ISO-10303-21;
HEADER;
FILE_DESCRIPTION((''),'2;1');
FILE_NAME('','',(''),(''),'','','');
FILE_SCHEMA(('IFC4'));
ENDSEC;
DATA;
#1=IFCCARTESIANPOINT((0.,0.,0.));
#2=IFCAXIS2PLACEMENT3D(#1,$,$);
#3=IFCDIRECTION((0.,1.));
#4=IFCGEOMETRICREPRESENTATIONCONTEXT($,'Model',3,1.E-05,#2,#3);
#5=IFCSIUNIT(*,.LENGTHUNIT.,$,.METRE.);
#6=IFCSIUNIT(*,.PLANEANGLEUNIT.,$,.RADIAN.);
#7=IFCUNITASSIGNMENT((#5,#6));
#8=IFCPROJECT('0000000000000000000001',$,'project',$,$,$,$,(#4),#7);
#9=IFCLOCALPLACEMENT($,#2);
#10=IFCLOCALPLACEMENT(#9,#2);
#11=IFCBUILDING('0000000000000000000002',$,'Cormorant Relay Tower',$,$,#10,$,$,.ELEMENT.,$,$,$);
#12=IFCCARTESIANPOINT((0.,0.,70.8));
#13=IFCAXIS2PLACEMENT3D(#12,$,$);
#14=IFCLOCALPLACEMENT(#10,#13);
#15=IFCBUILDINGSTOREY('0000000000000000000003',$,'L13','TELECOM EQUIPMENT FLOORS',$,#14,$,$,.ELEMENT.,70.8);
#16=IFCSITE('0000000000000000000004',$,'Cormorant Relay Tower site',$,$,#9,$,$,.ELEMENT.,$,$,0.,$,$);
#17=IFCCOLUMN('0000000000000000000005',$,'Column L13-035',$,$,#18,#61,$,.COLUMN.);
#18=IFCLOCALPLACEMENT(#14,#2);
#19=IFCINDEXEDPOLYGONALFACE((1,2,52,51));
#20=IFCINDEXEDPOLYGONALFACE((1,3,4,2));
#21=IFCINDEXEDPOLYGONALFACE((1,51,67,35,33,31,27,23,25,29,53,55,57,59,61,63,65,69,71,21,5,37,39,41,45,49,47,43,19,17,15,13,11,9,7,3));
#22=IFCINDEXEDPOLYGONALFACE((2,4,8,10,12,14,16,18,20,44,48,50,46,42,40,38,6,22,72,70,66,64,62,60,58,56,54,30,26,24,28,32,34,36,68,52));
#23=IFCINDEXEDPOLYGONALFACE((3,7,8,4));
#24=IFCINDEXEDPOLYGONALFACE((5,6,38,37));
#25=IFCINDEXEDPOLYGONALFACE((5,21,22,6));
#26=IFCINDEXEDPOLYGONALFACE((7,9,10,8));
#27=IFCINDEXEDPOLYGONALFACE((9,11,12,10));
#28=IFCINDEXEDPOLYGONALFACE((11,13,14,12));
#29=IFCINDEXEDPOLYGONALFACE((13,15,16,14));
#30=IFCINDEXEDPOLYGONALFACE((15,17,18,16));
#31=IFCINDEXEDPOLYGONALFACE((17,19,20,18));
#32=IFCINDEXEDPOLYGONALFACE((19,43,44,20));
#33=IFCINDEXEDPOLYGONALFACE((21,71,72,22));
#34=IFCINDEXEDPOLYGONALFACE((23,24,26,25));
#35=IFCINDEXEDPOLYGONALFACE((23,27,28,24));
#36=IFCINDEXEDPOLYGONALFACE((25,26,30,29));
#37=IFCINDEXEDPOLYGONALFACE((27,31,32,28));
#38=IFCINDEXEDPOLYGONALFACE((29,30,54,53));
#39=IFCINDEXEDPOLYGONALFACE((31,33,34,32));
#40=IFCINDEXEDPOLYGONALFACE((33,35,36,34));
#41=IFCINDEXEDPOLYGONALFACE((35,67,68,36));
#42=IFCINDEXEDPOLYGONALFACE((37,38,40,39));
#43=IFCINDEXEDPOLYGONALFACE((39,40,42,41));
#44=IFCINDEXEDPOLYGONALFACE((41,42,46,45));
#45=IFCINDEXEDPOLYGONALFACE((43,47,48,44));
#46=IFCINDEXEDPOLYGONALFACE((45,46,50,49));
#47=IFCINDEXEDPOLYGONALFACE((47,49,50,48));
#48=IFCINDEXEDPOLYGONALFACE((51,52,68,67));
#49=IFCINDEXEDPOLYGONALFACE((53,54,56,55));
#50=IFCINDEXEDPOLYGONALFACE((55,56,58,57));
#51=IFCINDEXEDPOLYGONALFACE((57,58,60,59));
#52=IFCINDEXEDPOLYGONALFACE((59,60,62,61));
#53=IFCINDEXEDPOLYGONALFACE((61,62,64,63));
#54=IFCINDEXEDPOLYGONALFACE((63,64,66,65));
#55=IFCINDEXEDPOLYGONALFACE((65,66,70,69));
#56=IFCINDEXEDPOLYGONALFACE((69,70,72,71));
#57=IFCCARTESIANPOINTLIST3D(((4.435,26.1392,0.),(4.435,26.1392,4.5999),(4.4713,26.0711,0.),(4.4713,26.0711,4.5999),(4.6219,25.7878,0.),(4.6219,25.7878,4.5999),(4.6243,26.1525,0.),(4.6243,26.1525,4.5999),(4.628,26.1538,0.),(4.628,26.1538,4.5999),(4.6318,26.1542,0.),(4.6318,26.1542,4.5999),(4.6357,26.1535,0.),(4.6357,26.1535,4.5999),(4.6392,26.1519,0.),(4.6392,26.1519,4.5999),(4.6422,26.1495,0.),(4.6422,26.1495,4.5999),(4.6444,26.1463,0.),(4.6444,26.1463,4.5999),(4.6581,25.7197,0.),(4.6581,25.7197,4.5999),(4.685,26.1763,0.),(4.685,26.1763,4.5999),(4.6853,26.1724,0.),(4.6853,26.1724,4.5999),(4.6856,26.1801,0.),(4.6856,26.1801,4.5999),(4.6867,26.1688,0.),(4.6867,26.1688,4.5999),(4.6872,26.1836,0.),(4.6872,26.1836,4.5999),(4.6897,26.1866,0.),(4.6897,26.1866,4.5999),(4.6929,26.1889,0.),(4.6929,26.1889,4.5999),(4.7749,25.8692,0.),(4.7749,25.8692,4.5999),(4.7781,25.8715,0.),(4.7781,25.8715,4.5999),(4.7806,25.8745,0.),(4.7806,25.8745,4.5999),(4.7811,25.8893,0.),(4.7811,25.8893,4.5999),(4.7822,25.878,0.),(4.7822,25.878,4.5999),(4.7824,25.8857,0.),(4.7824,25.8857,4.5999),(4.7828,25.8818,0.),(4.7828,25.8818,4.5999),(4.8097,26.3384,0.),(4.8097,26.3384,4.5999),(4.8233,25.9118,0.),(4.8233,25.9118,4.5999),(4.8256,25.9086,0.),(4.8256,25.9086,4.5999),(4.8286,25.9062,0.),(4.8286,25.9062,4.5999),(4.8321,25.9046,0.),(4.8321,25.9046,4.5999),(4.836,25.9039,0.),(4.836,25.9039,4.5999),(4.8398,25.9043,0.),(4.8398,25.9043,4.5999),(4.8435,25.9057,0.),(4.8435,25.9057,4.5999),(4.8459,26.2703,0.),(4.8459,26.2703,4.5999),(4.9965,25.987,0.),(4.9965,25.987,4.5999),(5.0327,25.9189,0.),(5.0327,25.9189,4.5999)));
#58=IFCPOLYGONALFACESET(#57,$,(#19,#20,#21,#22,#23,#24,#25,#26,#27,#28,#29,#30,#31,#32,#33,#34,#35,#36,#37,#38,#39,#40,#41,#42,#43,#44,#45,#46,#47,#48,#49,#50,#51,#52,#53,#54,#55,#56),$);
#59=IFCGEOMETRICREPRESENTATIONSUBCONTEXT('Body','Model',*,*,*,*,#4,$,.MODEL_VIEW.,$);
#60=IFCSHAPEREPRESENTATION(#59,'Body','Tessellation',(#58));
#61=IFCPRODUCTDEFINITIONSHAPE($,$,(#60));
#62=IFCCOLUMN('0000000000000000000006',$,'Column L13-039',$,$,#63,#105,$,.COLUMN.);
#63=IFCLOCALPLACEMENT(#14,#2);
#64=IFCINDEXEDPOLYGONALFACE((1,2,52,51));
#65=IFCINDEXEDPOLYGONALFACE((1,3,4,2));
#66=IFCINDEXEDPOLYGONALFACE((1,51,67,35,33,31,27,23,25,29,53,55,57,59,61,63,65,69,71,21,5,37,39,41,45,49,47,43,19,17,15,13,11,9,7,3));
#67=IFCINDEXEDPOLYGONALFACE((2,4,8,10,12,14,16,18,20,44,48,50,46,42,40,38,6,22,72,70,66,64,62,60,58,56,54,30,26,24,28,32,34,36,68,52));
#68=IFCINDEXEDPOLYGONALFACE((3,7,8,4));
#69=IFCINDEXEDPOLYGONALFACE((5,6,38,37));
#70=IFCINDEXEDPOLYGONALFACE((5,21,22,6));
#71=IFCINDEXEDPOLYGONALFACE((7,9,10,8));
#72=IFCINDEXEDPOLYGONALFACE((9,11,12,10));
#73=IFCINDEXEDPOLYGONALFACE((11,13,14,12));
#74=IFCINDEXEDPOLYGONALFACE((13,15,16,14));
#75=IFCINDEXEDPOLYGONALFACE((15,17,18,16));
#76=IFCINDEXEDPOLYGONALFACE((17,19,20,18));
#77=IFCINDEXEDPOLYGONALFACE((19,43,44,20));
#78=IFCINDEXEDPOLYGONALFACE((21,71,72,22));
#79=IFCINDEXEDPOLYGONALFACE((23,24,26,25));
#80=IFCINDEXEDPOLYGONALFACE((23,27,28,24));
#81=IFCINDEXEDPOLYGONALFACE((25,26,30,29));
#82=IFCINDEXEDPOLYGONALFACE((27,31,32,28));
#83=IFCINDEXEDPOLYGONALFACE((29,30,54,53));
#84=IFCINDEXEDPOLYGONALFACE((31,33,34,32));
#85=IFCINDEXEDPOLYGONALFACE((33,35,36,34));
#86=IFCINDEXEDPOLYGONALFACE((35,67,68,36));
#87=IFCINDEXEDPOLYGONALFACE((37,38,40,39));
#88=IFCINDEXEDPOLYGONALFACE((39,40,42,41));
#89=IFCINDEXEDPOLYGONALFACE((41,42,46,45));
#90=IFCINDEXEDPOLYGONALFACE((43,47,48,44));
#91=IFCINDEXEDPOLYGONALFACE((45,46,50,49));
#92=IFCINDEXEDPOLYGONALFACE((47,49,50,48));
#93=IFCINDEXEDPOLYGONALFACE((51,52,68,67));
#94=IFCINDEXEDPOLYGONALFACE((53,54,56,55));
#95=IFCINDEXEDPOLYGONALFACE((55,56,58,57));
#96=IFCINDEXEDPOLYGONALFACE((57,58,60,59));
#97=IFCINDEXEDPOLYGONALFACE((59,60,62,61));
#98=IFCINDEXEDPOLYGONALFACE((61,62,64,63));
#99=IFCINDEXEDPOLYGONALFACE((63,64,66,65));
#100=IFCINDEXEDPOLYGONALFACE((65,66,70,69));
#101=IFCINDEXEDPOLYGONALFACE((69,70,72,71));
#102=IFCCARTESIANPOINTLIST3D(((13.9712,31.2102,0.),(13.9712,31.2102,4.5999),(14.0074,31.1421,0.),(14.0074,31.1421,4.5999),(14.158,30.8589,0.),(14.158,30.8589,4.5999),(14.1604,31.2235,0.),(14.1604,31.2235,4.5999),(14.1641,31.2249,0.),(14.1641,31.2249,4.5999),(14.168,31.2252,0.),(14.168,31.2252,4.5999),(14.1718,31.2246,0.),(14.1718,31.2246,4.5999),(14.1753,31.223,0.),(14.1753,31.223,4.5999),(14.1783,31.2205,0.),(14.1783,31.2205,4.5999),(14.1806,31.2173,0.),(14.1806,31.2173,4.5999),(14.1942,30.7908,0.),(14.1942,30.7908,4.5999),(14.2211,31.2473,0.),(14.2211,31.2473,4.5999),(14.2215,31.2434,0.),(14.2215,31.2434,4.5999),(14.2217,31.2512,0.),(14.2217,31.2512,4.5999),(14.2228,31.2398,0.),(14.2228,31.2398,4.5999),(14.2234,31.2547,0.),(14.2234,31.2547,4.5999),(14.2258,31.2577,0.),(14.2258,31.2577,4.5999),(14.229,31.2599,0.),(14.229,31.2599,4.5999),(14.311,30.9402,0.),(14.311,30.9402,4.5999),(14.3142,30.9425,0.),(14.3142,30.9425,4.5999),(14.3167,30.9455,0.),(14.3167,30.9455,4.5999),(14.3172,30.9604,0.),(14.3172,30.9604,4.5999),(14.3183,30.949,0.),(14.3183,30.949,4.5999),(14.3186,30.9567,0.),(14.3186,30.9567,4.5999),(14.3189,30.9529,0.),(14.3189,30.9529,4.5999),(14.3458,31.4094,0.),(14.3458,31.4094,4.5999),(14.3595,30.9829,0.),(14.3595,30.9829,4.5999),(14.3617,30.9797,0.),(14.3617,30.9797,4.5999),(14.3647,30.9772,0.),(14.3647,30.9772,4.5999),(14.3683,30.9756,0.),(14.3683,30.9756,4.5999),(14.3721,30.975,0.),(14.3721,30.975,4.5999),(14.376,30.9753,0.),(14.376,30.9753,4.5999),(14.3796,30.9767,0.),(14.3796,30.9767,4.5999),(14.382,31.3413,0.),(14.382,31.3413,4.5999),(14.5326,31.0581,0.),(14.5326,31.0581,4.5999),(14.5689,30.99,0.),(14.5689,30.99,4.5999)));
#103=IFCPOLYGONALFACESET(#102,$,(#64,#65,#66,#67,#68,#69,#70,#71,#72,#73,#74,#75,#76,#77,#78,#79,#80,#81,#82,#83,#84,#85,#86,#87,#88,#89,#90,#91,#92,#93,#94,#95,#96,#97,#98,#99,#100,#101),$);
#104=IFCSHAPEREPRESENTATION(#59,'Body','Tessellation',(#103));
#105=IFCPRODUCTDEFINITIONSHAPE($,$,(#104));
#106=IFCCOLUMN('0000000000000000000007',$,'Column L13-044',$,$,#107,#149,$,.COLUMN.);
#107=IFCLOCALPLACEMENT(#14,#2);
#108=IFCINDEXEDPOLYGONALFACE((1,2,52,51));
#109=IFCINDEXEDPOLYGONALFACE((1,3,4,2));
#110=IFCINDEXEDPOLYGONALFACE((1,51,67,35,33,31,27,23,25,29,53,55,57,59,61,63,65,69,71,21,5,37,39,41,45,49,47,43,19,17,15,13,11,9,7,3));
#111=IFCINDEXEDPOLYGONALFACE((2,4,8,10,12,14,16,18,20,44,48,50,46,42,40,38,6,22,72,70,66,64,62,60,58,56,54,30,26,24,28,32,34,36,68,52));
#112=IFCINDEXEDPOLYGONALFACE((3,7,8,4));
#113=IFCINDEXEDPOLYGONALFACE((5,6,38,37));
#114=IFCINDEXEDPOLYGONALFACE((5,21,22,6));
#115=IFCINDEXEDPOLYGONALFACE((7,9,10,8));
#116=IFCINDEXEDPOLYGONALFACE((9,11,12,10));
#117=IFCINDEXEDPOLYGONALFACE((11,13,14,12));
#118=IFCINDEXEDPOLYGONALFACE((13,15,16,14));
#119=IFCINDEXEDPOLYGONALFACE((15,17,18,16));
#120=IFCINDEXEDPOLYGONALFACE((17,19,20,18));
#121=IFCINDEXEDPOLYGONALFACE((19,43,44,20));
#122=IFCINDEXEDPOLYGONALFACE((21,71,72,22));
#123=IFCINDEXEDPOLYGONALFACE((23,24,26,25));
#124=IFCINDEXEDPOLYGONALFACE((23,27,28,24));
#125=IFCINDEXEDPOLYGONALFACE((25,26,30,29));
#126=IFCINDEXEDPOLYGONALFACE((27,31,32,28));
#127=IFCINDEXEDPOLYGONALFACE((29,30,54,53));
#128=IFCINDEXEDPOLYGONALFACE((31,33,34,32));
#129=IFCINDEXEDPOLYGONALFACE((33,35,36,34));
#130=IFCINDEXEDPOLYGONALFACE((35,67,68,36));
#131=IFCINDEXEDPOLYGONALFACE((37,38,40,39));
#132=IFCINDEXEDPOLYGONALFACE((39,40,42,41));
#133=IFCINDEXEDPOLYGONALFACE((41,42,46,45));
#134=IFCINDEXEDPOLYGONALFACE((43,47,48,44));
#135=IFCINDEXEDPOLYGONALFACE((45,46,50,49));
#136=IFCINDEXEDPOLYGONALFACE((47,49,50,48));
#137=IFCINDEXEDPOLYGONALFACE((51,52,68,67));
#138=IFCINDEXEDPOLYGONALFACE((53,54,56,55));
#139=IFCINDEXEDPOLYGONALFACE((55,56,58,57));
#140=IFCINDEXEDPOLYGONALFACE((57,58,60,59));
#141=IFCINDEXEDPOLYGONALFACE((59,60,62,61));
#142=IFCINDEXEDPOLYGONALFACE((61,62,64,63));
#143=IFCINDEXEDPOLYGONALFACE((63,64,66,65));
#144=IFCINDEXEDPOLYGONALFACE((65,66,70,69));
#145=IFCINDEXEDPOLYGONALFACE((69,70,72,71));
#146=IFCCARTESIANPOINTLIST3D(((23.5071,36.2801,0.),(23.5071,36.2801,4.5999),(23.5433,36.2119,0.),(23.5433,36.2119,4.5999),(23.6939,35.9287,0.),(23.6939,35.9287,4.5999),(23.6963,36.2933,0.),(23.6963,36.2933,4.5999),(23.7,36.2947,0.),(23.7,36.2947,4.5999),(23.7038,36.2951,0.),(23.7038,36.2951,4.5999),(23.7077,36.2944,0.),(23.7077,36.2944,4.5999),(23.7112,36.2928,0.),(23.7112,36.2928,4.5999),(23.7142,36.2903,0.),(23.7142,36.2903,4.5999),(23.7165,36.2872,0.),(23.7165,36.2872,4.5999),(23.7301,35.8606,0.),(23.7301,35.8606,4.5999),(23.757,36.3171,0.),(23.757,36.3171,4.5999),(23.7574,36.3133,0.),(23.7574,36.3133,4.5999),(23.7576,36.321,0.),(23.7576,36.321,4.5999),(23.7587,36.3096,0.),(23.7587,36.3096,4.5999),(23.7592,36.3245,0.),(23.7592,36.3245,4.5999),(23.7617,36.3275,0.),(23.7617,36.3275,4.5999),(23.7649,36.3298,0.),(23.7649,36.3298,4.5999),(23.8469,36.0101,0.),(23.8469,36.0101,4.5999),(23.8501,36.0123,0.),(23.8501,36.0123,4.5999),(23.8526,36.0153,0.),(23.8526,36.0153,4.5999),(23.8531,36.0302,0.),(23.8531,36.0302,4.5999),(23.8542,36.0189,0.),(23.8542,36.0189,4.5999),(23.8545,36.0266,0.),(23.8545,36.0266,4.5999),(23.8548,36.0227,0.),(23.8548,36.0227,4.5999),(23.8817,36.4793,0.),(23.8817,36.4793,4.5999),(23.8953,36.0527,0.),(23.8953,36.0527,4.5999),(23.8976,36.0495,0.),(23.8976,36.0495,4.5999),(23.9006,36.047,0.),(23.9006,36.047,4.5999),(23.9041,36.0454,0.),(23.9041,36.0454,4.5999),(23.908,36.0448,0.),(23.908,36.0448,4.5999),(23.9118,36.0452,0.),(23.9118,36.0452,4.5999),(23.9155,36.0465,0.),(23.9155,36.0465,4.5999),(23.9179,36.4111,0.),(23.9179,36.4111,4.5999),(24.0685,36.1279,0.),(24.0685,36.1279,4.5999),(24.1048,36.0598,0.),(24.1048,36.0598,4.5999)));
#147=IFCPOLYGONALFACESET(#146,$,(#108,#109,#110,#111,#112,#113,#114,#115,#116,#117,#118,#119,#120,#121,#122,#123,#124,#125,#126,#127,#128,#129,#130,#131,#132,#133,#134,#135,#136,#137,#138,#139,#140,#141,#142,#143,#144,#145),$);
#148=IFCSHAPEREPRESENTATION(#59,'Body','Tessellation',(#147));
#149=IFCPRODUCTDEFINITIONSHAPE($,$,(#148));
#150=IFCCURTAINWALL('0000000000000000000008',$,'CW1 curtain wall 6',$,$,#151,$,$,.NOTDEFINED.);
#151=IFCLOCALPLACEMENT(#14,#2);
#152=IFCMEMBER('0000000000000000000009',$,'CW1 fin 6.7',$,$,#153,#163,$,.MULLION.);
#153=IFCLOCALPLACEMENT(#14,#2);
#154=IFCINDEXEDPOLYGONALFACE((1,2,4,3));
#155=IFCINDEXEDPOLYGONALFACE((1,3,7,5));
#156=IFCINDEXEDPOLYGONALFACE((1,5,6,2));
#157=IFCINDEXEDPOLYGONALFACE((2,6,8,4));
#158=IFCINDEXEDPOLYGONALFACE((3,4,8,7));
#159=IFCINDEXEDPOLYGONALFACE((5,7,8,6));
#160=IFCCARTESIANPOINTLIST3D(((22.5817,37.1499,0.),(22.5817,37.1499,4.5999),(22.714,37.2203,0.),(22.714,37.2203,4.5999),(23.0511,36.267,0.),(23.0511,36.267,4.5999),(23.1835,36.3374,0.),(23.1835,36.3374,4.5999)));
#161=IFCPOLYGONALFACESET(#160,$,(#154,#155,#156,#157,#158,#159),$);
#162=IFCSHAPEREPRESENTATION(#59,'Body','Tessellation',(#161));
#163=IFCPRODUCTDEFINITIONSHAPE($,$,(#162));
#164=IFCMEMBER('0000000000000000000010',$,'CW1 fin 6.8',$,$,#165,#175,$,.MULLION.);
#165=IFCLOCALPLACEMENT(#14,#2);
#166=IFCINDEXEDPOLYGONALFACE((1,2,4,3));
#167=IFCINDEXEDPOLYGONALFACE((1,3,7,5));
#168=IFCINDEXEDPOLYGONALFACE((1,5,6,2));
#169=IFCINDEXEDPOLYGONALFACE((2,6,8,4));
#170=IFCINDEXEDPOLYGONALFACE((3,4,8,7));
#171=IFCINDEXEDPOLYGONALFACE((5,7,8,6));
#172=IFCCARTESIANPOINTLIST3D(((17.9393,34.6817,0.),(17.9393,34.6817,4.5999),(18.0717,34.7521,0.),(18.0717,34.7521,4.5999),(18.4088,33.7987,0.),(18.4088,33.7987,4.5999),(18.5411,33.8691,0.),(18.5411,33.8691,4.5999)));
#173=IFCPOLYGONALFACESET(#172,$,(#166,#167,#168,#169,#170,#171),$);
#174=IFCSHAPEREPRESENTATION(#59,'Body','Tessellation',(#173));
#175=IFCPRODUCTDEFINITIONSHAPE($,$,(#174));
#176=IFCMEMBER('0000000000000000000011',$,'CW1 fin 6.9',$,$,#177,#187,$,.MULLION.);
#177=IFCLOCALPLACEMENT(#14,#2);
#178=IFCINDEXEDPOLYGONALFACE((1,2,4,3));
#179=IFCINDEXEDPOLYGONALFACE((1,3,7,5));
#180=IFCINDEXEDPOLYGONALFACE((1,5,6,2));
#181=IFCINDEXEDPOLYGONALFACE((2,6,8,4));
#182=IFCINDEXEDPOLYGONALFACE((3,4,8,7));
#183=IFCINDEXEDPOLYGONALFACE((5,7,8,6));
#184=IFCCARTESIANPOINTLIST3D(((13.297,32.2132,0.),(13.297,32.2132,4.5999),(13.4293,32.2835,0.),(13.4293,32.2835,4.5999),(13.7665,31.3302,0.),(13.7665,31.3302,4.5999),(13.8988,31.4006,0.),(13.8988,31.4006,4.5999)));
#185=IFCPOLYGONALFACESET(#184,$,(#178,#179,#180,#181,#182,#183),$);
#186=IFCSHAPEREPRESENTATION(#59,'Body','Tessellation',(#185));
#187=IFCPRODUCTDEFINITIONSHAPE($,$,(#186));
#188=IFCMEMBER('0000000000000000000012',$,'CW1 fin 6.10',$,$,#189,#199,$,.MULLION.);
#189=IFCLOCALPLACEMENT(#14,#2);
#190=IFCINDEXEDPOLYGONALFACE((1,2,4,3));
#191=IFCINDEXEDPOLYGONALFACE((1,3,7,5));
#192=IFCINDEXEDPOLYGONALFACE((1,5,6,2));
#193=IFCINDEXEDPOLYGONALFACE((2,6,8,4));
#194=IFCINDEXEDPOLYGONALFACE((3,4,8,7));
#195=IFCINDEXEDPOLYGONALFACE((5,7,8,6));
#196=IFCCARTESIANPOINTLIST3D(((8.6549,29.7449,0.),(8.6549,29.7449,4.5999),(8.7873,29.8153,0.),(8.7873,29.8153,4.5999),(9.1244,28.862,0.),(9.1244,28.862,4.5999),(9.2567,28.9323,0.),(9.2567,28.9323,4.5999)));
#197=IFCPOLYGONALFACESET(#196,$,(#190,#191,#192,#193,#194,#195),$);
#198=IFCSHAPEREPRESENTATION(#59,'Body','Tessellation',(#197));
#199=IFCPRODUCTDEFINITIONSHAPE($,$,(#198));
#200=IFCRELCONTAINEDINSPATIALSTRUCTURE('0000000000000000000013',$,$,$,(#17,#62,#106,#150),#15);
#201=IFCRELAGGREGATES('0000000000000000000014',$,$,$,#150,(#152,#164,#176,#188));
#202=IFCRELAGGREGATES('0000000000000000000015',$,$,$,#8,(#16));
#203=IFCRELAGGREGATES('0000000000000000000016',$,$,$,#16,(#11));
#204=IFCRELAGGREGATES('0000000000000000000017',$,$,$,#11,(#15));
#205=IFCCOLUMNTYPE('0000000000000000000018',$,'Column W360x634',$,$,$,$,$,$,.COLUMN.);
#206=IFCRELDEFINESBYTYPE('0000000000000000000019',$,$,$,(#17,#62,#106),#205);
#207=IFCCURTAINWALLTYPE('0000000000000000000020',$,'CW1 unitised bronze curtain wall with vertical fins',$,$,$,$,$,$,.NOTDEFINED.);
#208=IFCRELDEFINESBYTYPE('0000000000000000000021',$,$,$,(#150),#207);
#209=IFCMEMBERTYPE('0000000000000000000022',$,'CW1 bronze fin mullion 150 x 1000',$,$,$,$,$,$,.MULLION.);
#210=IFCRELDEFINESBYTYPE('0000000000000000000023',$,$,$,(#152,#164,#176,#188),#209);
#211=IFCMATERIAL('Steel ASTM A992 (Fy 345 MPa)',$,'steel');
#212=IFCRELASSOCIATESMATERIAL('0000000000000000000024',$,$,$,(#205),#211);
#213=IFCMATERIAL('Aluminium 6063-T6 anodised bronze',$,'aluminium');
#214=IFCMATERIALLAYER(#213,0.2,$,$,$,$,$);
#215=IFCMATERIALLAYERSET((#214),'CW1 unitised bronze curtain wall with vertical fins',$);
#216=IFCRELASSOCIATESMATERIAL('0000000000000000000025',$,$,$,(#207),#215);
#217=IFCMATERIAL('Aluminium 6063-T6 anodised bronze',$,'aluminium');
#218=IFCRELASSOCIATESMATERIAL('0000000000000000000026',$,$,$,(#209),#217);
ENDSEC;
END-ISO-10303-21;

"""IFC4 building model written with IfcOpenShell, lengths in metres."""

from ifc_helpers import new_model, si_unit, direction, frame, origin, origin_2d, place, context, subcontext, project, spatial, rectangle, i_section, extrude, material, layer, layer_set, material_profile, profile_set, type_object, element, aggregate, save


model = new_model("IFC4")

# Units and contexts
model_context = context("Model", 3, precision=1e-05, world=origin(), true_north=direction((0.0, 1.0)))
body_context = subcontext(model_context, "Body", "Model", "MODEL_VIEW")
ifc_project = project(units=[si_unit("LENGTHUNIT", "METRE"), si_unit("PLANEANGLEUNIT", "RADIAN")], contexts=[model_context])

# Site, building, storey
site_placement = place(None, origin())
site = spatial("IfcSite", under=ifc_project, at=site_placement, Name="Cormorant Relay Tower site", CompositionType="ELEMENT", RefElevation=0.0)
building_placement = place(site_placement, origin())
building = spatial("IfcBuilding", under=site, at=building_placement, Name="Cormorant Relay Tower", CompositionType="ELEMENT")
storey_placement = place(building_placement, frame((0.0, 0.0, 70.8)))
storey = spatial("IfcBuildingStorey", under=building, at=storey_placement, Name="L13", Description="TELECOM EQUIPMENT FLOORS", CompositionType="ELEMENT", Elevation=70.8)

# Columns
ifc_material_1 = material(Name="Steel ASTM A992 (Fy 345 MPa)", Category="steel")
ifc_material_profile_1 = material_profile(ifc_material_1, i_section(OverallWidth=0.4243, OverallDepth=0.4751, WebThickness=0.0479, FlangeThickness=0.0771, FilletRadius=0.0149, at=origin_2d()), Name="W360x634")
ifc_profile_set_1 = profile_set([ifc_material_profile_1], Name="Steel ASTM A992 (Fy 345 MPa)")
column_type = type_object("IfcColumnType", Name="Column W360x634", PredefinedType="COLUMN", material=ifc_profile_set_1)
for number, where, z_axis, x_axis, name in (
    (1, (4.7339, 26.0291, 0.0), (0.0, 0.0, 1.0), (-0.882948, -0.469472, 0.0), "Column L13-035"),
    (2, (14.27, 31.1001, 0.0), (0.0, 0.0, 1.0), (-0.882948, -0.469472, 0.0), "Column L13-039"),
    (3, (23.8059, 36.1699, 0.0), (0.0, 0.0, 1.0), (-0.882948, -0.469472, 0.0), "Column L13-044"),
):
    element("IfcColumn", number, at=place(storey_placement, frame(where, z_axis=z_axis, x_axis=x_axis)), inside=storey, type_object=column_type, Name=name, PredefinedType="COLUMN", context=body_context, shape_type="SweptSolid", body=[
        extrude(i_section(OverallWidth=0.4243, OverallDepth=0.4751, WebThickness=0.0479, FlangeThickness=0.0771, FilletRadius=0.0149, at=origin_2d()), origin(), (0.0, 0.0, 1.0), 4.5999),
    ])

# Curtain wall, members
ifc_material_2 = material(Name="Aluminium 6063-T6 anodised bronze", Category="aluminium")
ifc_layer_1 = layer(ifc_material_2, 0.2)
ifc_layer_set_1 = layer_set([ifc_layer_1], Name="CW1 unitised bronze curtain wall with vertical fins")
curtain_wall_type = type_object("IfcCurtainWallType", Name="CW1 unitised bronze curtain wall with vertical fins", PredefinedType="NOTDEFINED", material=ifc_layer_set_1)
curtain_wall_1_placement = place(storey_placement, origin())
curtain_wall_1 = element("IfcCurtainWall", 4, at=curtain_wall_1_placement, inside=storey, type_object=curtain_wall_type, Name="CW1 curtain wall 6", PredefinedType="NOTDEFINED")
ifc_material_3 = material(Name="Aluminium 6063-T6 anodised bronze", Category="aluminium")
ifc_material_profile_2 = material_profile(ifc_material_3, rectangle(XDim=0.1499, YDim=1.0, at=origin_2d()), Name="AL 150x1000")
ifc_profile_set_2 = profile_set([ifc_material_profile_2], Name="Aluminium 6063-T6 anodised bronze")
member_type_1 = type_object("IfcMemberType", Name="CW1 bronze fin mullion 150 x 1000", PredefinedType="MULLION", material=ifc_profile_set_2)
member_1_placement = place(storey_placement, frame((22.8826, 36.7437, 0.0), z_axis=(0.0, 0.0, 1.0), x_axis=(-0.882948, -0.469472, 0.0)))
member_1 = element("IfcMember", 5, at=member_1_placement, type_object=member_type_1, Name="CW1 fin 6.7", PredefinedType="MULLION", context=body_context, shape_type="SweptSolid", body=[
    extrude(rectangle(XDim=0.1499, YDim=1.0, at=origin_2d()), origin(), (0.0, 0.0, 1.0), 4.5999),
])
member_2_placement = place(storey_placement, frame((18.2402, 34.2754, 0.0), z_axis=(0.0, 0.0, 1.0), x_axis=(-0.882948, -0.469472, 0.0)))
member_2 = element("IfcMember", 6, at=member_2_placement, type_object=member_type_1, Name="CW1 fin 6.8", PredefinedType="MULLION", context=body_context, shape_type="SweptSolid", body=[
    extrude(rectangle(XDim=0.1499, YDim=1.0, at=origin_2d()), origin(), (0.0, 0.0, 1.0), 4.5999),
])
member_3_placement = place(storey_placement, frame((13.5979, 31.8069, 0.0), z_axis=(0.0, 0.0, 1.0), x_axis=(-0.882948, -0.469472, 0.0)))
member_3 = element("IfcMember", 7, at=member_3_placement, type_object=member_type_1, Name="CW1 fin 6.9", PredefinedType="MULLION", context=body_context, shape_type="SweptSolid", body=[
    extrude(rectangle(XDim=0.1499, YDim=1.0, at=origin_2d()), origin(), (0.0, 0.0, 1.0), 4.5999),
])
member_4_placement = place(storey_placement, frame((8.9558, 29.3386, 0.0), z_axis=(0.0, 0.0, 1.0), x_axis=(-0.882948, -0.469472, 0.0)))
member_4 = element("IfcMember", 8, at=member_4_placement, type_object=member_type_1, Name="CW1 fin 6.10", PredefinedType="MULLION", context=body_context, shape_type="SweptSolid", body=[
    extrude(rectangle(XDim=0.1499, YDim=1.0, at=origin_2d()), origin(), (0.0, 0.0, 1.0), 4.5999),
])

aggregate(curtain_wall_1, [member_1, member_2, member_3, member_4])

save(model, "model.ifc")
